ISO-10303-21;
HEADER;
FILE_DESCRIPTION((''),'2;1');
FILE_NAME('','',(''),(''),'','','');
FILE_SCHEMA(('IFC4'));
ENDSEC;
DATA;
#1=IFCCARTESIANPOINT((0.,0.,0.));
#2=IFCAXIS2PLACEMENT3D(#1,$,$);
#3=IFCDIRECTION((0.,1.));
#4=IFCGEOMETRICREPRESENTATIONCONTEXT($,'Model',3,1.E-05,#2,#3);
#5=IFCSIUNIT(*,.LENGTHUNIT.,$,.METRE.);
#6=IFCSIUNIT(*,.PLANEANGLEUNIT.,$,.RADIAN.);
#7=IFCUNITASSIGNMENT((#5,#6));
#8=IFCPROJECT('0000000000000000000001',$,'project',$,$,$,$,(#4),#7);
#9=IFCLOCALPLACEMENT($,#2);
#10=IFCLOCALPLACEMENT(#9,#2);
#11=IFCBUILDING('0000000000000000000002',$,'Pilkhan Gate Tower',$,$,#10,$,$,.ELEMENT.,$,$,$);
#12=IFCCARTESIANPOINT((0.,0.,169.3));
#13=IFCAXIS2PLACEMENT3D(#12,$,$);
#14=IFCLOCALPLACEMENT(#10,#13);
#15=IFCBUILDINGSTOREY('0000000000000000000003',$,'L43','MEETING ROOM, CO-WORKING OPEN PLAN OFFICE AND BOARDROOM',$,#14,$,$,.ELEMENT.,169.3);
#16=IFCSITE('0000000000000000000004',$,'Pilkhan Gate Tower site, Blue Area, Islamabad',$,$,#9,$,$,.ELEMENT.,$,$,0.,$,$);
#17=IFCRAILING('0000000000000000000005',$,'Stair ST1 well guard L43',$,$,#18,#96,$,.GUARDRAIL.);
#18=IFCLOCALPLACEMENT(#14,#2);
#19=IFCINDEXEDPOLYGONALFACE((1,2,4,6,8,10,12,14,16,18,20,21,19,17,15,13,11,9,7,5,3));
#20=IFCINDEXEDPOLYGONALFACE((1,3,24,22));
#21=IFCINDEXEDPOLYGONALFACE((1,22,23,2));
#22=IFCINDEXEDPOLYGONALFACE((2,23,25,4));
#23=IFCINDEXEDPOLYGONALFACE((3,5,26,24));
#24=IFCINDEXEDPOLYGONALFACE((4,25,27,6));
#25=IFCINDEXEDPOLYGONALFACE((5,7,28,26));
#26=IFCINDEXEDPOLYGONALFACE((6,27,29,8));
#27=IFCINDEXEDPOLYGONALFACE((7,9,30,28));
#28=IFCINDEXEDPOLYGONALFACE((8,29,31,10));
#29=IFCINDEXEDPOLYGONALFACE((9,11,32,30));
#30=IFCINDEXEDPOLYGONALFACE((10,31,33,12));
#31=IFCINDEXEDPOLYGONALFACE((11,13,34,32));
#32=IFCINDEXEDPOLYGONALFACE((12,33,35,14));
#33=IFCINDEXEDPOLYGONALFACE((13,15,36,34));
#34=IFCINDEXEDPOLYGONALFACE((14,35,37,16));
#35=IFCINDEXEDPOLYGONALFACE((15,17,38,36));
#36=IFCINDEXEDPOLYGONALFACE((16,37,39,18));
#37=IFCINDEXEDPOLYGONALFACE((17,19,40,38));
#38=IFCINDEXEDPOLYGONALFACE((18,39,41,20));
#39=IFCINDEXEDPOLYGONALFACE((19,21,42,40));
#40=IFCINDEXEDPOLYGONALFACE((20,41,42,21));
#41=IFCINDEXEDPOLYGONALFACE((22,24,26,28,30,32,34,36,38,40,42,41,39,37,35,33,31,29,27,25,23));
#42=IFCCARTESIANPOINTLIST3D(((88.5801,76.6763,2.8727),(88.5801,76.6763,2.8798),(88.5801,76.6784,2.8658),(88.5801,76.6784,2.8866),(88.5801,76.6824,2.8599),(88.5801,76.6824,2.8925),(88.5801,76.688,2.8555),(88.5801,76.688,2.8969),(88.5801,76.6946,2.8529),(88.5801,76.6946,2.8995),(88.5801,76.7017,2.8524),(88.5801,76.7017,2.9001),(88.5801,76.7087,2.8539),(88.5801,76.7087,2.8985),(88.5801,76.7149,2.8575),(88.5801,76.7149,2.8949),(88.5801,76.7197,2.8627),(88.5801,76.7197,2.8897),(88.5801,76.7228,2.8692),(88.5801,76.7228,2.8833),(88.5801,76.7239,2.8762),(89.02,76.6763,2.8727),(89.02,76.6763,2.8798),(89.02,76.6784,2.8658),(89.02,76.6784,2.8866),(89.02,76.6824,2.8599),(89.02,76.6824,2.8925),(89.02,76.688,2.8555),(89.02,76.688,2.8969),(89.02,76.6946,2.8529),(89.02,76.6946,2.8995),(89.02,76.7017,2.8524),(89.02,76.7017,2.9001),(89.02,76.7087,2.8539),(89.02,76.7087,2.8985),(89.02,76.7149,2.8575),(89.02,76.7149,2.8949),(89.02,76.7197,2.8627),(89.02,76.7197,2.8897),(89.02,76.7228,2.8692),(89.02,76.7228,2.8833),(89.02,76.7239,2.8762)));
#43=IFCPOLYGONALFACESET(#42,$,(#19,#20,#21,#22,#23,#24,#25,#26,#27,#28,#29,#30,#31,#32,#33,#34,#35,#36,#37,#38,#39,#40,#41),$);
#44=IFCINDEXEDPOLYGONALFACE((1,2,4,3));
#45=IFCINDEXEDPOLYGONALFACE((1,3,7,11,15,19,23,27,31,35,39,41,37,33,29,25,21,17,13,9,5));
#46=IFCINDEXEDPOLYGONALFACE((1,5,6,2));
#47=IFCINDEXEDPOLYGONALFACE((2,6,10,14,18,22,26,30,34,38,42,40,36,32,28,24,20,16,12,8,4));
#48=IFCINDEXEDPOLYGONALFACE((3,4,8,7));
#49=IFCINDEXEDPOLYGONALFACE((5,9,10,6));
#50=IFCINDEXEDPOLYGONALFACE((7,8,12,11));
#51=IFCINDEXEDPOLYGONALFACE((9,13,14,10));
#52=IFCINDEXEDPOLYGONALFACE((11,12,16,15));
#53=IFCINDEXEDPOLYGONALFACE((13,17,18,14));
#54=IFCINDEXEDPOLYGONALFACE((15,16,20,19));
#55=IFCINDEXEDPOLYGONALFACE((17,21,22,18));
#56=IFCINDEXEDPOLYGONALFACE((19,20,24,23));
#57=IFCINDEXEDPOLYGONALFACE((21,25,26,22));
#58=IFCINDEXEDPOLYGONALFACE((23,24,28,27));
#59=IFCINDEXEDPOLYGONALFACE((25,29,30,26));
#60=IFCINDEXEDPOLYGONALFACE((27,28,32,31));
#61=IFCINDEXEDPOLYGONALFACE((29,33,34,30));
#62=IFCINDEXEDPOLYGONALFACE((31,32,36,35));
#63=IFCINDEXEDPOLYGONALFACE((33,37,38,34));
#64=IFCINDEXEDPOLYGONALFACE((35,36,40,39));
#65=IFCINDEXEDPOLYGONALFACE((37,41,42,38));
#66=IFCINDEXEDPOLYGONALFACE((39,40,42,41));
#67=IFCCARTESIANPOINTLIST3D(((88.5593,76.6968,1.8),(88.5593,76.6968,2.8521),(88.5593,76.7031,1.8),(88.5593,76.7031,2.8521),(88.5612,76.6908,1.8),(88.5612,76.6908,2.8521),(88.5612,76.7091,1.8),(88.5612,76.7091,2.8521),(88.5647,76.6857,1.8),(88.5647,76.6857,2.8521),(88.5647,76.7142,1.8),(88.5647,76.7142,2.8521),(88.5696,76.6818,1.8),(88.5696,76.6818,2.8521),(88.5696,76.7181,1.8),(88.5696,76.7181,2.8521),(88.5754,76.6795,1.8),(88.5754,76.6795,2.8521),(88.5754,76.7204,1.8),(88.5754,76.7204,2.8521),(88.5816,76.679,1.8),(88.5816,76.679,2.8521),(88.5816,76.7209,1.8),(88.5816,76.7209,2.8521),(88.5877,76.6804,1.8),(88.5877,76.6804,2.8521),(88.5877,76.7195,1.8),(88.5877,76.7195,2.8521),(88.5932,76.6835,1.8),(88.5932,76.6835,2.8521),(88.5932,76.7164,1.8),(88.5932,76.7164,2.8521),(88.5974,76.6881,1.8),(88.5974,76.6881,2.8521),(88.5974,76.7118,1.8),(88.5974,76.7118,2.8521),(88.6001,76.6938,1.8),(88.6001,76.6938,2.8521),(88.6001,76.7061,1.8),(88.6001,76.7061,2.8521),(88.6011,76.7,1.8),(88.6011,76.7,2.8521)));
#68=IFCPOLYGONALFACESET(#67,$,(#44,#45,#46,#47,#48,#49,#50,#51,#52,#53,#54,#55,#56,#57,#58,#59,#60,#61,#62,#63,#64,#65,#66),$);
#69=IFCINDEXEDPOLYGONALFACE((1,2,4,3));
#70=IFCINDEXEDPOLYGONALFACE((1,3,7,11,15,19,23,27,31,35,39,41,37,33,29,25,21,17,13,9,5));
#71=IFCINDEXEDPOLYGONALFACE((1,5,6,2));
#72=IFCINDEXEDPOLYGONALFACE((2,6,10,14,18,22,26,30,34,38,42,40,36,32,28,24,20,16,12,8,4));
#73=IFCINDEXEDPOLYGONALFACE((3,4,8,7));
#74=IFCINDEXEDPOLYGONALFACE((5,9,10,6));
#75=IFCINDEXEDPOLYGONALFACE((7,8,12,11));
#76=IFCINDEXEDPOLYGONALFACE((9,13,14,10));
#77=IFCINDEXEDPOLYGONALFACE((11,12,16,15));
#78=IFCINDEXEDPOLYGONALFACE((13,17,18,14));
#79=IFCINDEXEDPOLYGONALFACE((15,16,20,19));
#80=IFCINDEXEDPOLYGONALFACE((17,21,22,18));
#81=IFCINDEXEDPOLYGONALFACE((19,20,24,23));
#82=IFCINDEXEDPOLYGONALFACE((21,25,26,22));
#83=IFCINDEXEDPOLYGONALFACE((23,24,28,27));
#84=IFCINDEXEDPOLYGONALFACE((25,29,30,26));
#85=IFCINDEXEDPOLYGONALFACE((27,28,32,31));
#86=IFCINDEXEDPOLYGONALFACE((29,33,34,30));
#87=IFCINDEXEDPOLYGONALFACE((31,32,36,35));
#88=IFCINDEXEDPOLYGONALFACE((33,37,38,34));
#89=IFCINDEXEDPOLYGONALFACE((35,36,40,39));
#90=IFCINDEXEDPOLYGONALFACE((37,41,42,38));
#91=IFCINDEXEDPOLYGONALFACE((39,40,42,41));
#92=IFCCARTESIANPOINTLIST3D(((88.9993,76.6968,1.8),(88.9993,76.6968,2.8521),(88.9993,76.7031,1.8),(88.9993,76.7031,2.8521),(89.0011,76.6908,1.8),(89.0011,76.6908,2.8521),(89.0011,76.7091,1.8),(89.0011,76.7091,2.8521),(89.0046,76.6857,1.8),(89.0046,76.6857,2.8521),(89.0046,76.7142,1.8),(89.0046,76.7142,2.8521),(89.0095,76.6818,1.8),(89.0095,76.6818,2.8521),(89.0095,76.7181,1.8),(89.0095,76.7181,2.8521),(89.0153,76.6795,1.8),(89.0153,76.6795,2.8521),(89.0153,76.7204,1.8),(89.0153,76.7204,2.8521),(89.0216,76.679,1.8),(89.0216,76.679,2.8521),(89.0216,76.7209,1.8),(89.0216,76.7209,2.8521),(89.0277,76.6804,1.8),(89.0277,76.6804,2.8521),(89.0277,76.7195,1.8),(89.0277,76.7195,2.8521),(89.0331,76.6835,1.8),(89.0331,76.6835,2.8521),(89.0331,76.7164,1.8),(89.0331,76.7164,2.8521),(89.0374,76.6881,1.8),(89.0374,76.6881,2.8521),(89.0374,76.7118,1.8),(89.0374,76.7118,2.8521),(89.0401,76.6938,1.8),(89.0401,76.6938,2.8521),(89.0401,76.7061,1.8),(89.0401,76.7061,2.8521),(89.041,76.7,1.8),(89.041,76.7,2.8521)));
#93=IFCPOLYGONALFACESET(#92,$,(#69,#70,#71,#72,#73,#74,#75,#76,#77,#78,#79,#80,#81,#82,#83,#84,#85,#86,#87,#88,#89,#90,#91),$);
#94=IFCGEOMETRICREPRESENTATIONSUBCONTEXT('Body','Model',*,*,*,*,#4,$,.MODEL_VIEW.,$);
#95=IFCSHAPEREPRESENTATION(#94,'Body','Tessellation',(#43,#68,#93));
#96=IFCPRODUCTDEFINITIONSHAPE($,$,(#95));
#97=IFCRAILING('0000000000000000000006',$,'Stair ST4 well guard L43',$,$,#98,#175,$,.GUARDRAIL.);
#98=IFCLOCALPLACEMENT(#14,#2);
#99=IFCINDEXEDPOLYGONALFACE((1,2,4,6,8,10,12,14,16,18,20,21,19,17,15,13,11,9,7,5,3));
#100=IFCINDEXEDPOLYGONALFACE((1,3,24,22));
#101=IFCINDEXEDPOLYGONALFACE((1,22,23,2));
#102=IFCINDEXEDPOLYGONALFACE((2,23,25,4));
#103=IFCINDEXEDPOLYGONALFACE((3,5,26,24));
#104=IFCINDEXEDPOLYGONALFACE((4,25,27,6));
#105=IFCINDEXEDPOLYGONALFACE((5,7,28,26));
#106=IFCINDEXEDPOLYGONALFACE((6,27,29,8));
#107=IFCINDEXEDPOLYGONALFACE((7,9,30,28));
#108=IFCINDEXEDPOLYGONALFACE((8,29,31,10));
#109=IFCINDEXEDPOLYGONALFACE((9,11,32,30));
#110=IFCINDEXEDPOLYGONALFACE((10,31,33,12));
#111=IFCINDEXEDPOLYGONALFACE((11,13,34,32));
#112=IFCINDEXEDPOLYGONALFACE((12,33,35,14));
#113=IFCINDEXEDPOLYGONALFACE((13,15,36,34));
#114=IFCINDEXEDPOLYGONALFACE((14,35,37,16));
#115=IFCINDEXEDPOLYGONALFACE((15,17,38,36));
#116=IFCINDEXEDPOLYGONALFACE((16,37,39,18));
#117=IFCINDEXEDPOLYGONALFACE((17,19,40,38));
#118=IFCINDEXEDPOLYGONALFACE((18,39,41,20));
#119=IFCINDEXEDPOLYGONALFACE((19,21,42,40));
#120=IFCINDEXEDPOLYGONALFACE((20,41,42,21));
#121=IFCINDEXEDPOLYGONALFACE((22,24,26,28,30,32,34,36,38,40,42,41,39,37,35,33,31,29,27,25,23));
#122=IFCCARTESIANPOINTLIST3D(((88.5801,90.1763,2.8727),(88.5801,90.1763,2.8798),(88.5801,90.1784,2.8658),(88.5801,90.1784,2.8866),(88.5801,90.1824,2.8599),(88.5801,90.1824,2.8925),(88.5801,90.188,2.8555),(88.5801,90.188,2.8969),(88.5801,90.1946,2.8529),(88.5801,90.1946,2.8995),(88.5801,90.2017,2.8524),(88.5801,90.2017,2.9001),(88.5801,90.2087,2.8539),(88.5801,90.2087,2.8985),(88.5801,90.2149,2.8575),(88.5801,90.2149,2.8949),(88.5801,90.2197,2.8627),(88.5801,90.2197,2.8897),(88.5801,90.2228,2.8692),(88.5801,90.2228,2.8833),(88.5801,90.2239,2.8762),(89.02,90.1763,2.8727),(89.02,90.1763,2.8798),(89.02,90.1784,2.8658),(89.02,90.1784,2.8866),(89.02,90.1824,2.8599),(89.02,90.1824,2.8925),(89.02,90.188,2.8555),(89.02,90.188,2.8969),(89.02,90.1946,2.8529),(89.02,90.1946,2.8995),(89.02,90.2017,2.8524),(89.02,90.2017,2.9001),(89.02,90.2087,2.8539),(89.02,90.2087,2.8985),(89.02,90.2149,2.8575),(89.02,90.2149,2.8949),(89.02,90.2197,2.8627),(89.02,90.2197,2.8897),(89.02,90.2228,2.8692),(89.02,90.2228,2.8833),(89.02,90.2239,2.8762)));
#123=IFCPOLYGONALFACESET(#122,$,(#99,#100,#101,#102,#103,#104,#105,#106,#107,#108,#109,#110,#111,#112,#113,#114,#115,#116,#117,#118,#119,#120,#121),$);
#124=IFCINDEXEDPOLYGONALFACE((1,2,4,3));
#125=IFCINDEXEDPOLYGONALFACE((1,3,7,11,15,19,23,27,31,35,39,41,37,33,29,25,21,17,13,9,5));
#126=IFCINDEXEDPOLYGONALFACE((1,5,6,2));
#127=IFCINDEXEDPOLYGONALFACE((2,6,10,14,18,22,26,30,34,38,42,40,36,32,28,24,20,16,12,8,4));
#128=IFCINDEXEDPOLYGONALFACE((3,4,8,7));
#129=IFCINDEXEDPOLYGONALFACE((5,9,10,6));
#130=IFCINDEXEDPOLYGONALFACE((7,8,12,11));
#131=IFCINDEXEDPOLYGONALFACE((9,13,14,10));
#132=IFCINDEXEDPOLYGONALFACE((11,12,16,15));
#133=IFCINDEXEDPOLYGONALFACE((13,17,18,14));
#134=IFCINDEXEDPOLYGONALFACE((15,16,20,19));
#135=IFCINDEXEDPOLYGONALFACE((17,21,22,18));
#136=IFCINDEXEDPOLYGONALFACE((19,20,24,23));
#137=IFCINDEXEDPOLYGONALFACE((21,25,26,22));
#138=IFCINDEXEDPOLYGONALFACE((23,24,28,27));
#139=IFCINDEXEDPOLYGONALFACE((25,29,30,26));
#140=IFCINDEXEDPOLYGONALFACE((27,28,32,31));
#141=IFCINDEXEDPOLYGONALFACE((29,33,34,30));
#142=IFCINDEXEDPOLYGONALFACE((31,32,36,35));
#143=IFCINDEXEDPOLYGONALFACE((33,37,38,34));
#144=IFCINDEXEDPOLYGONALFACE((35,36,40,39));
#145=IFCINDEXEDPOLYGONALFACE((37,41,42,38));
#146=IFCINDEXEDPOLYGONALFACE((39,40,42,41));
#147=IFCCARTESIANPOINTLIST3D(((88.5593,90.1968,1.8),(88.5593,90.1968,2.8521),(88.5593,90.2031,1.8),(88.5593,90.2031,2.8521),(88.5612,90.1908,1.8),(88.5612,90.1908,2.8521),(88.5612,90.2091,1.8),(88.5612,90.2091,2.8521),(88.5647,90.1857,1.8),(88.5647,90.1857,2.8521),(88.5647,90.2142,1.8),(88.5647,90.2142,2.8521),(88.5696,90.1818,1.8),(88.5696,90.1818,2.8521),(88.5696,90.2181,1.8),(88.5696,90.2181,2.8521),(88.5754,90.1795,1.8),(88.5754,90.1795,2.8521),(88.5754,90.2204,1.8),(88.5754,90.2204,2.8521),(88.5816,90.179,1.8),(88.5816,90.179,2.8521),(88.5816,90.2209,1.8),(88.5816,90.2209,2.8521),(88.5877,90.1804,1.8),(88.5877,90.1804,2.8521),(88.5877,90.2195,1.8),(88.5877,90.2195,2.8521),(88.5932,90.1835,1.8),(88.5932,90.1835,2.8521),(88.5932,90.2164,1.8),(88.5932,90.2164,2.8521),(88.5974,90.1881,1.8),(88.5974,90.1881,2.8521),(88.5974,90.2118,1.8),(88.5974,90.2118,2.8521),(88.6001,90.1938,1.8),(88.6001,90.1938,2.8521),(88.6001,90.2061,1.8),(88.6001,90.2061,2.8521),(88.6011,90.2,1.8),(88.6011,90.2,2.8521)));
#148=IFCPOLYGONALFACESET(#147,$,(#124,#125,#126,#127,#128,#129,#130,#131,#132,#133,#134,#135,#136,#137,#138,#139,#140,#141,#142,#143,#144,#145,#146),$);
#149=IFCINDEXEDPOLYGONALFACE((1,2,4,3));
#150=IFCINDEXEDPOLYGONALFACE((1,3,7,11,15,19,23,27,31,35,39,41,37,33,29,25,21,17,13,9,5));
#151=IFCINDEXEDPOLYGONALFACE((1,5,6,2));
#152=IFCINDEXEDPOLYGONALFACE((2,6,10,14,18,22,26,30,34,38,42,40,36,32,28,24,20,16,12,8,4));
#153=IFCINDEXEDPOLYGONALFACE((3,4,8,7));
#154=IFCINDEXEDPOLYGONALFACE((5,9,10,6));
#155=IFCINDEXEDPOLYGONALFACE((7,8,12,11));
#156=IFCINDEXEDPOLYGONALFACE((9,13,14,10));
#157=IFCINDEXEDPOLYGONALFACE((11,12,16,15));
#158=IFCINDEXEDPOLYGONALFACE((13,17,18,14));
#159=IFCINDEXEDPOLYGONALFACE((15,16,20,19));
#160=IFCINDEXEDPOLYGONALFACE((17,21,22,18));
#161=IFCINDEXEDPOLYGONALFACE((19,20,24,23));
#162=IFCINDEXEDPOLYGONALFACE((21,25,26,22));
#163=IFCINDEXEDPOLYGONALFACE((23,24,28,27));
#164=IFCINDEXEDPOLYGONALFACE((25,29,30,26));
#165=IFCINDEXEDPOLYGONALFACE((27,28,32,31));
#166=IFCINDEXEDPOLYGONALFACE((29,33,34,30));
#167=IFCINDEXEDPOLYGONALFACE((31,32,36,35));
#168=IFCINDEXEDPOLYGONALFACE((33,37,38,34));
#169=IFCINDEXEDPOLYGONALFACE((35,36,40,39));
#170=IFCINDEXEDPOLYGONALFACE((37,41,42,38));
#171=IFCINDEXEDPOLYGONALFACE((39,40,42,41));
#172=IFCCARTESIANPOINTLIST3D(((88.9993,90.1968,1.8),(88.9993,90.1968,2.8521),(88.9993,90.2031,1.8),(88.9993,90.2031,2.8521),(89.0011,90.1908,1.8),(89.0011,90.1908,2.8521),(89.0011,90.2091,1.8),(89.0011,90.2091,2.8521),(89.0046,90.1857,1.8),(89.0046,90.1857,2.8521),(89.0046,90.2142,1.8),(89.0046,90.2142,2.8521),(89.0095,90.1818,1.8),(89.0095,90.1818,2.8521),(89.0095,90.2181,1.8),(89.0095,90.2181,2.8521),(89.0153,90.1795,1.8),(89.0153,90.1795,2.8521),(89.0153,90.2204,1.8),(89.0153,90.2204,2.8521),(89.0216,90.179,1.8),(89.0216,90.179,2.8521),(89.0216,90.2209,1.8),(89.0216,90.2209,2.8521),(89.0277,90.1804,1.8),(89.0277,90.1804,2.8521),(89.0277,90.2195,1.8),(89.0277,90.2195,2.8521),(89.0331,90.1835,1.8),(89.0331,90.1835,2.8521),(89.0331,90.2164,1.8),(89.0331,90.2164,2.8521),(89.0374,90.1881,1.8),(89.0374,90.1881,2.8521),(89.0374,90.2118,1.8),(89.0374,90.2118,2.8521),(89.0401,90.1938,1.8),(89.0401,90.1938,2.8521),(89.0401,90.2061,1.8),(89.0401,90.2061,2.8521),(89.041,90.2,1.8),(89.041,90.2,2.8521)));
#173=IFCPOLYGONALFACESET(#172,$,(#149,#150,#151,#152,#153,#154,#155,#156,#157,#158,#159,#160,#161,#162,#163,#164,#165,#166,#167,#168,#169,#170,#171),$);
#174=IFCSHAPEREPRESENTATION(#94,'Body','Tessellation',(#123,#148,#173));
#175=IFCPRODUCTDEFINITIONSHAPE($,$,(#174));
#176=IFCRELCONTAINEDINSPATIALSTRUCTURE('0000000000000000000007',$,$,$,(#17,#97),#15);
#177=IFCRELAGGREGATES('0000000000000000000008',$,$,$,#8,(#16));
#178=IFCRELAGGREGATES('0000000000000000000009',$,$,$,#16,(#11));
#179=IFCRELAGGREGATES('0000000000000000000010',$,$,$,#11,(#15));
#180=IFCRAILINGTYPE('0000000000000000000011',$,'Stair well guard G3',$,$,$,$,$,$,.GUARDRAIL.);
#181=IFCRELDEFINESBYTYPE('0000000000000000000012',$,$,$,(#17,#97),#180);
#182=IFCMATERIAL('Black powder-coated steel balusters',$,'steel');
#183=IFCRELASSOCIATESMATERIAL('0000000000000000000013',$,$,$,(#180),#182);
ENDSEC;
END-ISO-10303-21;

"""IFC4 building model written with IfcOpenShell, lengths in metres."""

from ifc_helpers import new_model, si_unit, direction, frame, origin, origin_2d, place, context, subcontext, project, spatial, circle, extrude, material, type_object, element, save


model = new_model("IFC4")

# Units and contexts
model_context = context("Model", 3, precision=1e-05, world=origin(), true_north=direction((0.0, 1.0)))
body_context = subcontext(model_context, "Body", "Model", "MODEL_VIEW")
ifc_project = project(units=[si_unit("LENGTHUNIT", "METRE"), si_unit("PLANEANGLEUNIT", "RADIAN")], contexts=[model_context])

# Site, building, storey
site_placement = place(None, origin())
site = spatial("IfcSite", under=ifc_project, at=site_placement, Name="Pilkhan Gate Tower site, Blue Area, Islamabad", CompositionType="ELEMENT", RefElevation=0.0)
building_placement = place(site_placement, origin())
building = spatial("IfcBuilding", under=site, at=building_placement, Name="Pilkhan Gate Tower", CompositionType="ELEMENT")
storey_placement = place(building_placement, frame((0.0, 0.0, 169.3)))
storey = spatial("IfcBuildingStorey", under=building, at=storey_placement, Name="L43", Description="MEETING ROOM, CO-WORKING OPEN PLAN OFFICE AND BOARDROOM", CompositionType="ELEMENT", Elevation=169.3)

# Railings
ifc_material_1 = material(Name="Black powder-coated steel balusters", Category="steel")
railing_type_1 = type_object("IfcRailingType", Name="Stair well guard G3", PredefinedType="GUARDRAIL", material=ifc_material_1)
for number, where, name in (
    (1, (88.5801, 76.7, 1.8), "Stair ST1 well guard L43"),
    (2, (88.5801, 90.2, 1.8), "Stair ST4 well guard L43"),
):
    element("IfcRailing", number, at=place(storey_placement, frame(where)), inside=storey, type_object=railing_type_1, Name=name, PredefinedType="GUARDRAIL", context=body_context, shape_type="SweptSolid", body=[
        extrude(circle(Radius=0.0239, at=origin_2d()), frame((0.0, 0.0, 1.0762), z_axis=(1.0, 0.0, 0.0), x_axis=(0.0, 1.0, 0.0)), (0.0, 0.0, 1.0), 0.4399),
        extrude(circle(Radius=0.021, at=origin_2d()), origin(), (0.0, 0.0, 1.0), 1.052),
        extrude(circle(Radius=0.021, at=origin_2d()), frame((0.4399, 0.0, 0.0)), (0.0, 0.0, 1.0), 1.052),
    ])

save(model, "model.ifc")
